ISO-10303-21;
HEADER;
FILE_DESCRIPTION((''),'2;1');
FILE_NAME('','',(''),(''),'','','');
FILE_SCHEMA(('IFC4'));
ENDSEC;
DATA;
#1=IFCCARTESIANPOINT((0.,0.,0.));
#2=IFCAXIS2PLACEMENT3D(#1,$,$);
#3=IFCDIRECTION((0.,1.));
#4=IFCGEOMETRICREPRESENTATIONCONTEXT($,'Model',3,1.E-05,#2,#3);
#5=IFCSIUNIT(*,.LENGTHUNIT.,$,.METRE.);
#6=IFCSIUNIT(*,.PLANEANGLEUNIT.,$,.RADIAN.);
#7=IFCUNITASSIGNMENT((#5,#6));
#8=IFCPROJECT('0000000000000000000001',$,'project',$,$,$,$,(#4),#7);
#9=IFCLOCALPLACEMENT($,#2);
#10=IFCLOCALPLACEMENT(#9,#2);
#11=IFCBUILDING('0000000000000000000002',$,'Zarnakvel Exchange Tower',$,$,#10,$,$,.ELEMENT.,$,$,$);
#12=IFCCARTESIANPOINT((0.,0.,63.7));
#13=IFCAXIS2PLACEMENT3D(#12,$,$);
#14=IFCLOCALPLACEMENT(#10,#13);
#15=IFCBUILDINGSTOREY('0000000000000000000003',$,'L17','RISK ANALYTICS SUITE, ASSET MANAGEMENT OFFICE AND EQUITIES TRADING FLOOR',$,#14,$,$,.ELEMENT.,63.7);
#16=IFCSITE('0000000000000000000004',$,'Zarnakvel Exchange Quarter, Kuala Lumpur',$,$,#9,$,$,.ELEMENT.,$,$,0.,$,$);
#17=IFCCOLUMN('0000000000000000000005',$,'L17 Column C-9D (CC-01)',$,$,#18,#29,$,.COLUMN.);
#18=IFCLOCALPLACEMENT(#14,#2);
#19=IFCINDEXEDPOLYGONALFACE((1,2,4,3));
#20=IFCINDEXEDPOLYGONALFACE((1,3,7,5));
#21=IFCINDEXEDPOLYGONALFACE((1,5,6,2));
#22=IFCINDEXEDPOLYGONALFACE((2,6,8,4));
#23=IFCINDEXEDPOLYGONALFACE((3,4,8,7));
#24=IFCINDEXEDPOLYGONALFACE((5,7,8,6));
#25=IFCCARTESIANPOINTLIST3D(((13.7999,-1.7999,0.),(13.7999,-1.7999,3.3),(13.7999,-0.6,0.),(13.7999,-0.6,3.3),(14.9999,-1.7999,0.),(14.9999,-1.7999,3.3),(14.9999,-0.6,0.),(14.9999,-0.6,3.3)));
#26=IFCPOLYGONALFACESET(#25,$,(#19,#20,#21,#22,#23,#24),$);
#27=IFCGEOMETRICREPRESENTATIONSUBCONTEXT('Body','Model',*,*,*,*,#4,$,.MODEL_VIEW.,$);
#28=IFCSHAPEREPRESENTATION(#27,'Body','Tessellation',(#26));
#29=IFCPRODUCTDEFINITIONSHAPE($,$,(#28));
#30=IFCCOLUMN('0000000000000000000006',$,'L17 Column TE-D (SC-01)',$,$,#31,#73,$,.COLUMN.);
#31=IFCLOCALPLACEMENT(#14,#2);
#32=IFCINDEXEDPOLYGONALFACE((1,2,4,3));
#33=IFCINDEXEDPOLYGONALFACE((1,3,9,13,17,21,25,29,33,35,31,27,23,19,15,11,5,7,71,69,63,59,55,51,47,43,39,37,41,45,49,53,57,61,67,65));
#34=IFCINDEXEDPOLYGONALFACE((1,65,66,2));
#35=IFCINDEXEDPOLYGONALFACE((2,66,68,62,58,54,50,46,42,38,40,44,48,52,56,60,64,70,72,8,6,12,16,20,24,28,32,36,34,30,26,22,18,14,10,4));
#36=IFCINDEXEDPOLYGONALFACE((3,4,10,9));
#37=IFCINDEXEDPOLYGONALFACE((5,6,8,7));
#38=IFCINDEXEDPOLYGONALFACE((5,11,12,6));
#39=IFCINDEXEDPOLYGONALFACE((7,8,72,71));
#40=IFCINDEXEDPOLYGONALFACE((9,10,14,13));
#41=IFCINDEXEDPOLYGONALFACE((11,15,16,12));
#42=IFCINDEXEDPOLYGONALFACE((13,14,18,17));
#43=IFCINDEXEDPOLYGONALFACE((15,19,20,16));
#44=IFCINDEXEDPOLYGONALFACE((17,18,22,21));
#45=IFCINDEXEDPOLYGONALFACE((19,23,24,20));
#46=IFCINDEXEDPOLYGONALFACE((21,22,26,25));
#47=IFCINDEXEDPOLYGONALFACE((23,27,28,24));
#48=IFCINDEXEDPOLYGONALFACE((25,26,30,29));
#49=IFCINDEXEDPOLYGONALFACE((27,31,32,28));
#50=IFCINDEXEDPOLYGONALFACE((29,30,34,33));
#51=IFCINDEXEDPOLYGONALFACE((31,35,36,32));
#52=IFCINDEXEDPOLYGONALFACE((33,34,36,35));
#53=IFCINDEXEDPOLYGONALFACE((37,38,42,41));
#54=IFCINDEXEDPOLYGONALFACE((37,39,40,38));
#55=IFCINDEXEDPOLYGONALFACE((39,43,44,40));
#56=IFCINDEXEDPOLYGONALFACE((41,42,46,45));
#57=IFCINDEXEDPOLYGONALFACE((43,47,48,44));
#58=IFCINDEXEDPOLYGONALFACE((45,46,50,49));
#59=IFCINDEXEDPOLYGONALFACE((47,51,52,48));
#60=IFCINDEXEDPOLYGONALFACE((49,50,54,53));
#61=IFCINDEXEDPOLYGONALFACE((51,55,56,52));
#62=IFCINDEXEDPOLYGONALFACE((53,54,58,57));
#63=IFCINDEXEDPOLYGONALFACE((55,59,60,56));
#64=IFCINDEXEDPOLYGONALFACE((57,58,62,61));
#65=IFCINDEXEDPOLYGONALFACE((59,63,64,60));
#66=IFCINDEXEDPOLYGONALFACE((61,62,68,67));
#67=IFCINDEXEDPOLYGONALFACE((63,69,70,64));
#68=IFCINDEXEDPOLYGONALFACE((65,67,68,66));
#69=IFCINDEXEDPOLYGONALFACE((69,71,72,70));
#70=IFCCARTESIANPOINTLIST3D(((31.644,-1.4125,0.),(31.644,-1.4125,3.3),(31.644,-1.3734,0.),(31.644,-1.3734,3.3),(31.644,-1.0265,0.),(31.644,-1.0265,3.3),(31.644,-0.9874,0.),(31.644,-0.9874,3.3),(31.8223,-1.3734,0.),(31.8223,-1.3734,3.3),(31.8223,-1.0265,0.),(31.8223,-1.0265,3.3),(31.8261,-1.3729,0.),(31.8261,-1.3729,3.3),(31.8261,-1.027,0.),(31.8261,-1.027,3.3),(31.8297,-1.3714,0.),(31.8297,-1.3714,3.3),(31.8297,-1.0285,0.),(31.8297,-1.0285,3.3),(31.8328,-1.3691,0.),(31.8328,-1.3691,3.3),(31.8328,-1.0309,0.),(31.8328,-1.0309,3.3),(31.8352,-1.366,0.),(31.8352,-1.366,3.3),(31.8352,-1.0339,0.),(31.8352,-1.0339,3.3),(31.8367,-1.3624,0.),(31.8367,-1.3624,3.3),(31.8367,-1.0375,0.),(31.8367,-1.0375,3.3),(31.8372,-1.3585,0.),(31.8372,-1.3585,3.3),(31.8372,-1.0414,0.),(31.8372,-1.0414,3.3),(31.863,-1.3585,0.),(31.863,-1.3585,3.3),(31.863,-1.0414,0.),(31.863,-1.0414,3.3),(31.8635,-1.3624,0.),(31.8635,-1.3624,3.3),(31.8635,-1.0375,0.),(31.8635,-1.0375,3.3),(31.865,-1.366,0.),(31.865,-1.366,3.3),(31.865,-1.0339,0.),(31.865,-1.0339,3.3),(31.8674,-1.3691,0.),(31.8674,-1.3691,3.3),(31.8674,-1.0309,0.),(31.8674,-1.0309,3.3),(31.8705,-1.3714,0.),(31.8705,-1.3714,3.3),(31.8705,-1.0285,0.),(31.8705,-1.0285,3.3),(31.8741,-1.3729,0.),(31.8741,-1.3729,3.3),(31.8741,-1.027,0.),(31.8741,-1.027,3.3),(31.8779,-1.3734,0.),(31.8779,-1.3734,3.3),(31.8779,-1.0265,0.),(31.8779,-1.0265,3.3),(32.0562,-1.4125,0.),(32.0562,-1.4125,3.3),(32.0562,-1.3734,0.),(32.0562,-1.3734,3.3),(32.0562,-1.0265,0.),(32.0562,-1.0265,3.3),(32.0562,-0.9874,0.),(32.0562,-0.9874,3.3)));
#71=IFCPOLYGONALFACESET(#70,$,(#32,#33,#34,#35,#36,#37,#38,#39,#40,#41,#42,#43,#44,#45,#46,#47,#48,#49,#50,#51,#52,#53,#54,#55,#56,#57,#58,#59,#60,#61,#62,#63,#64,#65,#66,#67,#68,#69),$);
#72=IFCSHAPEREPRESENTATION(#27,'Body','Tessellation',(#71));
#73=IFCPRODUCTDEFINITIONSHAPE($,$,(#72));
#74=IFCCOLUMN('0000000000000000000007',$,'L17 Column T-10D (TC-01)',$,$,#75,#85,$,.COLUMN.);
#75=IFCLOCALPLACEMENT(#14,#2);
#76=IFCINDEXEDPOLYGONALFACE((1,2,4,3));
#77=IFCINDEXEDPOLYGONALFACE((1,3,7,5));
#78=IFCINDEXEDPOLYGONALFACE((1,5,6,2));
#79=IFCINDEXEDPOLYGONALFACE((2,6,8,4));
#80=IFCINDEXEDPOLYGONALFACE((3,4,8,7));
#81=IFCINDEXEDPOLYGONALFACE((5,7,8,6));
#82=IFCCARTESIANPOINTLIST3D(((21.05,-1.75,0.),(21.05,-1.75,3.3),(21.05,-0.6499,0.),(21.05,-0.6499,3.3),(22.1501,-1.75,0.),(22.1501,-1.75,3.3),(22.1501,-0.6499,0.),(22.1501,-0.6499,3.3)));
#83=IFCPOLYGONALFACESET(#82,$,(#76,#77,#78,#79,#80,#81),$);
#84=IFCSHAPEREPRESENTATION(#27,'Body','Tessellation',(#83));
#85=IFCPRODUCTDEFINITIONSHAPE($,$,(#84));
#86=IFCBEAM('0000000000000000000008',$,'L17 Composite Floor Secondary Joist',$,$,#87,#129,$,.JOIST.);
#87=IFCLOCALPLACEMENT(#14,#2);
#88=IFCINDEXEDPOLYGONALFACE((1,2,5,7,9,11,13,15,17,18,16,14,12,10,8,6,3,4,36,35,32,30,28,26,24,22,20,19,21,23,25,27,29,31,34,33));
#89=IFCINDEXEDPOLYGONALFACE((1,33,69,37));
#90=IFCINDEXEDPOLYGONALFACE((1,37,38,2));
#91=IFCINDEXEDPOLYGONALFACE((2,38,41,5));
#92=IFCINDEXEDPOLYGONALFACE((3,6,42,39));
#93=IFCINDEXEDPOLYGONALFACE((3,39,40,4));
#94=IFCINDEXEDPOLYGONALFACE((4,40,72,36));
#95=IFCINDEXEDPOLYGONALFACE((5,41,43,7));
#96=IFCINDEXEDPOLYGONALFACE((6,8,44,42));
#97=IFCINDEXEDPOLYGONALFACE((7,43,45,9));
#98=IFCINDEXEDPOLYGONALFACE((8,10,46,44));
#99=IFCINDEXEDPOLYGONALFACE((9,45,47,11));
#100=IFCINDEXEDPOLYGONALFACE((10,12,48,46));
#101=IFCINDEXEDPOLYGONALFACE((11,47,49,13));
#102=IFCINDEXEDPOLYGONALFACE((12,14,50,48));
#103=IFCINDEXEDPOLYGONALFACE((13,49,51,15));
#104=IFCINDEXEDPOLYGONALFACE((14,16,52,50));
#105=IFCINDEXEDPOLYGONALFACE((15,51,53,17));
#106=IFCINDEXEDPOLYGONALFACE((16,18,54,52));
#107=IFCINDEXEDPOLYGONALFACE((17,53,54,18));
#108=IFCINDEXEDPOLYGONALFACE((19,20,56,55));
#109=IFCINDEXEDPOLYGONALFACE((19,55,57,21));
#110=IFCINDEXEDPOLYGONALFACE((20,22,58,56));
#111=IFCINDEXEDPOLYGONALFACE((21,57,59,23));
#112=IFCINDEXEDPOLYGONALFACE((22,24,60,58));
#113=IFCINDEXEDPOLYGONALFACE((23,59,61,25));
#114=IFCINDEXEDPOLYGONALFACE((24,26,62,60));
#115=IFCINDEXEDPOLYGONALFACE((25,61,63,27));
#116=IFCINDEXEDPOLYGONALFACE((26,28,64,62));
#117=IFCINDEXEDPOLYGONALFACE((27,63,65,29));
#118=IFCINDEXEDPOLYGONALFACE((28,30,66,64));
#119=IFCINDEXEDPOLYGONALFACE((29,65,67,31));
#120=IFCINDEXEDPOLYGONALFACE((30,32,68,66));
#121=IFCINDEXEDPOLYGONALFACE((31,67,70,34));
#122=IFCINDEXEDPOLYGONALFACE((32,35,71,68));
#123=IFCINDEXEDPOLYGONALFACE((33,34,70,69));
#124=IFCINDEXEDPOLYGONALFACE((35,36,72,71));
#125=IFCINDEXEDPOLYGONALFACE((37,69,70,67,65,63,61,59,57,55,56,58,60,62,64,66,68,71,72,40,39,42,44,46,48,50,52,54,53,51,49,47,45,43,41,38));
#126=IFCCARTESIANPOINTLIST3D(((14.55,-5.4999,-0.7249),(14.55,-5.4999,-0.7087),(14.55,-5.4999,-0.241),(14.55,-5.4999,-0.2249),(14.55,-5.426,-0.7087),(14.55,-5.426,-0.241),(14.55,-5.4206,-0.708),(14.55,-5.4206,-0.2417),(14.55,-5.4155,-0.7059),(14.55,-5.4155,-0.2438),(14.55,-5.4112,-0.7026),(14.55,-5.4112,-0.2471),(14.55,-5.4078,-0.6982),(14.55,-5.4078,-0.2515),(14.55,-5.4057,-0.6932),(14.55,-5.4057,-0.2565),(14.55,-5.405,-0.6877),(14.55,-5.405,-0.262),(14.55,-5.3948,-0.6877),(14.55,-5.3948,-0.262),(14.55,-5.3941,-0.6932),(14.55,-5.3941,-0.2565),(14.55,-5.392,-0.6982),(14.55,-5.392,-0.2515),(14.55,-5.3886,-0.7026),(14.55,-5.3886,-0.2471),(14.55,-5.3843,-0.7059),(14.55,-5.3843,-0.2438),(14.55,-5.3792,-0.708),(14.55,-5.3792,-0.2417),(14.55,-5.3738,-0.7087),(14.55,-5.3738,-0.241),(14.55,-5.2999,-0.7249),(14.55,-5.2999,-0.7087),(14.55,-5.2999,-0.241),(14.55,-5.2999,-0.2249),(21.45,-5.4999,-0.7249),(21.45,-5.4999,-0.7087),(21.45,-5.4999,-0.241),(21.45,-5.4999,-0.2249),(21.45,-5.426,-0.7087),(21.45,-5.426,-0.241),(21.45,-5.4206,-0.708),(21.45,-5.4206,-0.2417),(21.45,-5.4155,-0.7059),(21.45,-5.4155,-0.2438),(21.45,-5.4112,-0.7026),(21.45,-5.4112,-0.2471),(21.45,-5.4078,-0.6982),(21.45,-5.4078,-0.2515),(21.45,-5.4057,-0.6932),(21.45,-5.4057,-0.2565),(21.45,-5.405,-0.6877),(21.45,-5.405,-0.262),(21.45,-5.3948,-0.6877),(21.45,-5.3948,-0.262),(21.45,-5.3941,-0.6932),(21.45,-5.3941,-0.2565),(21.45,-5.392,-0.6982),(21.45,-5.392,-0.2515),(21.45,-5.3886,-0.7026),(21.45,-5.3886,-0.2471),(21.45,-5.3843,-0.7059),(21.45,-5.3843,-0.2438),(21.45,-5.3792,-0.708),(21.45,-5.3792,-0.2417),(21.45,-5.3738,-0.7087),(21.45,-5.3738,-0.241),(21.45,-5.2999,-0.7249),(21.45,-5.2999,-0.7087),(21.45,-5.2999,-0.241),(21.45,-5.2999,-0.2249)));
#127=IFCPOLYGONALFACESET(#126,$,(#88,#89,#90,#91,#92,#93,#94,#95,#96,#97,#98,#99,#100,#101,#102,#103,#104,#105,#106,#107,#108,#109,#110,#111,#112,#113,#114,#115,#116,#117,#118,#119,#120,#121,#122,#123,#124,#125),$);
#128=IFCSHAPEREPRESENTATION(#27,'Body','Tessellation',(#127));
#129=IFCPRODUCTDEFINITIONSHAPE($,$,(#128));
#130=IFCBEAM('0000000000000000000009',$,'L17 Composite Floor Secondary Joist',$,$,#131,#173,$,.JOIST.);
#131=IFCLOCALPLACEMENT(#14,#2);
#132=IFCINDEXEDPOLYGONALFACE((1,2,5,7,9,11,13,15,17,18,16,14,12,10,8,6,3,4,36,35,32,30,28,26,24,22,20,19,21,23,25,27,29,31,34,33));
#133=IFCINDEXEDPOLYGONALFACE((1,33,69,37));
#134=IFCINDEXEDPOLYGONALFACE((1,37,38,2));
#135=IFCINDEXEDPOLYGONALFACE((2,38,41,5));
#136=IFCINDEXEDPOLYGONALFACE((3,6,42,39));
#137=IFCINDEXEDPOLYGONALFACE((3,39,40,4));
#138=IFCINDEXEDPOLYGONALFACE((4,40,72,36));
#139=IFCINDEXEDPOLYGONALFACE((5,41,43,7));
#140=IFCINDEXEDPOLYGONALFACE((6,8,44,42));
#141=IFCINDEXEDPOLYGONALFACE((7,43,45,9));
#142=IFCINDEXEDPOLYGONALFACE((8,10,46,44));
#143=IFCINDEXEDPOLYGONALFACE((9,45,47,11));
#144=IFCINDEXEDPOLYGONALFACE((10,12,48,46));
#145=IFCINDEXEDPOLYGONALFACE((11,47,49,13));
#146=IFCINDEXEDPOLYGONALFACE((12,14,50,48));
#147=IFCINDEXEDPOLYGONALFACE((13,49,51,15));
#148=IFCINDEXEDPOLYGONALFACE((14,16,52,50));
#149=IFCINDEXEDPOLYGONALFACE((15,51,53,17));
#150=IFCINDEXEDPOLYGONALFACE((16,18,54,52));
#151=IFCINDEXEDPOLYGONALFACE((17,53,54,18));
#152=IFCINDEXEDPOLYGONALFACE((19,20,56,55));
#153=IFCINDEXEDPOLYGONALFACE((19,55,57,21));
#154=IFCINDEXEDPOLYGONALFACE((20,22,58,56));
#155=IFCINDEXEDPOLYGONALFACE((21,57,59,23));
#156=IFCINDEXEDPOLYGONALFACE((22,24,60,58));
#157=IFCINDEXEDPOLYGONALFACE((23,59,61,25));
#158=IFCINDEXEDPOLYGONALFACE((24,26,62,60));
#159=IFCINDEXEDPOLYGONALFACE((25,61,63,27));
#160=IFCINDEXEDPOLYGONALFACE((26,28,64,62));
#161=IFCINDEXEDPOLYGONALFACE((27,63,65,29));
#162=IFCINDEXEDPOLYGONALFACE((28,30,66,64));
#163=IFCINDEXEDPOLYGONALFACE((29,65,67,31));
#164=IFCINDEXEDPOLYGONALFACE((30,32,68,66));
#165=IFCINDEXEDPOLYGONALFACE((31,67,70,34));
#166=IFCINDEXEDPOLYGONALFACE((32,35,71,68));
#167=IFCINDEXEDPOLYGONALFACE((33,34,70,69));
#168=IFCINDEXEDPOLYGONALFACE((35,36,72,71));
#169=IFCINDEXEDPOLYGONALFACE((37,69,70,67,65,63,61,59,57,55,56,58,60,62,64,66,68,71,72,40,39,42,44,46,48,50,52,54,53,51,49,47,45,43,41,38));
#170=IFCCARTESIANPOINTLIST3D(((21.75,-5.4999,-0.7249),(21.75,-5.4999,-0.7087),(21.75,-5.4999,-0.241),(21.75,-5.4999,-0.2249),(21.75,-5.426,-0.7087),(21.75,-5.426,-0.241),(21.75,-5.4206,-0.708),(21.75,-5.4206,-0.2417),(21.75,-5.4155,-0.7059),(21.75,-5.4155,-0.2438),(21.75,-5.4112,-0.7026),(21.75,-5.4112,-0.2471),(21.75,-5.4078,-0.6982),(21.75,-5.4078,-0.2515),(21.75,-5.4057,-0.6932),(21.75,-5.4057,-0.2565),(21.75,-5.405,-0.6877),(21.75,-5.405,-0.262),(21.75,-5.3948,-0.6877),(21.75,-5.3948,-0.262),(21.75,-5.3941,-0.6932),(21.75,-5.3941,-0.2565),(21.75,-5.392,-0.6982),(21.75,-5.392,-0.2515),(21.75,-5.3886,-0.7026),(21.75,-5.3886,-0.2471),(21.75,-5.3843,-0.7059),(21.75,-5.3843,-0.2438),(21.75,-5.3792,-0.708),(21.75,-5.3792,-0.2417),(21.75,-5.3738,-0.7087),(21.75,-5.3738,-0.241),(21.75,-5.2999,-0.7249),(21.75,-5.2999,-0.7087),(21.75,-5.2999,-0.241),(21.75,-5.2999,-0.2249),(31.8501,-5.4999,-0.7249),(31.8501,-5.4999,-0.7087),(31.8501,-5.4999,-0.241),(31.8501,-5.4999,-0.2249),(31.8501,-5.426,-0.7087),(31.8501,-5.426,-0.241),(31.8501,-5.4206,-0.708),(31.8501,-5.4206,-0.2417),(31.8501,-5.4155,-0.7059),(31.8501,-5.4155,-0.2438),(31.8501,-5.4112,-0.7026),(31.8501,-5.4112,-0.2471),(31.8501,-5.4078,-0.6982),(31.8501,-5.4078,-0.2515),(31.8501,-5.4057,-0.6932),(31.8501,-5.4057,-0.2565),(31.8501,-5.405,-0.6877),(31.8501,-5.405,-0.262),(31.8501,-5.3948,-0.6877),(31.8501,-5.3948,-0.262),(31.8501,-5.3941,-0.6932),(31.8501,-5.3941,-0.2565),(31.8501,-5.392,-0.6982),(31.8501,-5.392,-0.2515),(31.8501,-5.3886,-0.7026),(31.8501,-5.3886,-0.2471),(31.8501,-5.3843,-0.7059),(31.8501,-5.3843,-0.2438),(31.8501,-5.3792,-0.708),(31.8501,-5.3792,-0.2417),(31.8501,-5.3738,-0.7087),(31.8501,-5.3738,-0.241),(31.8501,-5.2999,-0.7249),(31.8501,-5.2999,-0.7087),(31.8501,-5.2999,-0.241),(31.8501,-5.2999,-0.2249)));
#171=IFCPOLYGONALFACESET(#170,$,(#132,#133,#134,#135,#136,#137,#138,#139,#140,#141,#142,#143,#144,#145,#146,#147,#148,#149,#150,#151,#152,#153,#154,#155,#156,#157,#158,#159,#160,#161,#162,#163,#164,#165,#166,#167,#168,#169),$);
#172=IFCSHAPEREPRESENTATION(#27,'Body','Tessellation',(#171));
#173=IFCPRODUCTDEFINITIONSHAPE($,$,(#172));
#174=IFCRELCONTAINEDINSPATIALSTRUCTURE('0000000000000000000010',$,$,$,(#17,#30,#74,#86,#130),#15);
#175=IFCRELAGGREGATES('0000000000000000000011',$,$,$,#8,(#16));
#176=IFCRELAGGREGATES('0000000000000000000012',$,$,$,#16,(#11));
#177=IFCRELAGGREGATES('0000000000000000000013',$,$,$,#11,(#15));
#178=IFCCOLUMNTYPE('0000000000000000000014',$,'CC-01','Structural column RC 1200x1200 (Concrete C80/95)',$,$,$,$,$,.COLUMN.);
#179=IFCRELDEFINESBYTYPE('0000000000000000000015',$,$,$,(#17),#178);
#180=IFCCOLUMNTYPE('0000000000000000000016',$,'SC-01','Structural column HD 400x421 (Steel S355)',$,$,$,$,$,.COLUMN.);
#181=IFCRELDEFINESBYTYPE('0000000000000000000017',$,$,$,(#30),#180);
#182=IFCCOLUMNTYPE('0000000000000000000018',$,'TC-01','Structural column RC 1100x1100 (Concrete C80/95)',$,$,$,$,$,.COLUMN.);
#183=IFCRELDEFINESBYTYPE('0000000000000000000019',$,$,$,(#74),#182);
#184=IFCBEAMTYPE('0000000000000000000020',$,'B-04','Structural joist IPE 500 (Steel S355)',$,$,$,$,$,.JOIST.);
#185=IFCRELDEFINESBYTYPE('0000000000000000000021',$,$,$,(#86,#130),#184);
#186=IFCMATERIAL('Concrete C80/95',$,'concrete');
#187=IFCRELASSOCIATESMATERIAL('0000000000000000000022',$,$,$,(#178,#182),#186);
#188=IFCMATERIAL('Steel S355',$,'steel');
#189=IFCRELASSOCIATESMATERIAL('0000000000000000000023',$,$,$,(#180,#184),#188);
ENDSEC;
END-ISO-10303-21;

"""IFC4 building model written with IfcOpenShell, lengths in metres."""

from ifc_helpers import new_model, si_unit, direction, frame, origin, origin_2d, place, context, subcontext, project, spatial, rectangle, i_section, extrude, material, material_profile, profile_set, type_object, element, save


model = new_model("IFC4")

# Units and contexts
model_context = context("Model", 3, precision=1e-05, world=origin(), true_north=direction((0.0, 1.0)))
body_context = subcontext(model_context, "Body", "Model", "MODEL_VIEW")
ifc_project = project(units=[si_unit("LENGTHUNIT", "METRE"), si_unit("PLANEANGLEUNIT", "RADIAN")], contexts=[model_context])

# Site, building, storey
site_placement = place(None, origin())
site = spatial("IfcSite", under=ifc_project, at=site_placement, Name="Zarnakvel Exchange Quarter, Kuala Lumpur", CompositionType="ELEMENT", RefElevation=0.0)
building_placement = place(site_placement, origin())
building = spatial("IfcBuilding", under=site, at=building_placement, Name="Zarnakvel Exchange Tower", CompositionType="ELEMENT")
storey_placement = place(building_placement, frame((0.0, 0.0, 63.7)))
storey = spatial("IfcBuildingStorey", under=building, at=storey_placement, Name="L17", Description="RISK ANALYTICS SUITE, ASSET MANAGEMENT OFFICE AND EQUITIES TRADING FLOOR", CompositionType="ELEMENT", Elevation=63.7)

# Columns
ifc_material_1 = material(Name="Concrete C80/95", Category="concrete")
ifc_material_profile_1 = material_profile(ifc_material_1, rectangle(XDim=1.2, YDim=1.2, at=origin_2d()))
ifc_profile_set_1 = profile_set([ifc_material_profile_1], Name="Concrete C80/95")
column_type_1 = type_object("IfcColumnType", Name="CC-01", Description="Structural column RC 1200x1200 (Concrete C80/95)", PredefinedType="COLUMN", material=ifc_profile_set_1)
column_1_placement = place(storey_placement, frame((14.3999, -1.2, 0.0), z_axis=(0.0, 0.0, 1.0), x_axis=(1.0, 0.0, 0.0)))
element("IfcColumn", 1, at=column_1_placement, inside=storey, type_object=column_type_1, Name="L17 Column C-9D (CC-01)", PredefinedType="COLUMN", context=body_context, shape_type="SweptSolid", body=[
    extrude(rectangle(XDim=1.2, YDim=1.2, at=origin_2d()), origin(), (0.0, 0.0, 1.0), 3.3),
])
ifc_material_2 = material(Name="Steel S355", Category="steel")
ifc_material_profile_2 = material_profile(ifc_material_2, i_section(OverallWidth=0.4121, OverallDepth=0.425, WebThickness=0.0259, FlangeThickness=0.0391, FilletRadius=0.0149, at=origin_2d()))
ifc_profile_set_2 = profile_set([ifc_material_profile_2], Name="Steel S355")
column_type_2 = type_object("IfcColumnType", Name="SC-01", Description="Structural column HD 400x421 (Steel S355)", PredefinedType="COLUMN", material=ifc_profile_set_2)
column_2_placement = place(storey_placement, frame((31.8501, -1.2, 0.0), z_axis=(0.0, 0.0, 1.0), x_axis=(1.0, 0.0, 0.0)))
element("IfcColumn", 2, at=column_2_placement, inside=storey, type_object=column_type_2, Name="L17 Column TE-D (SC-01)", PredefinedType="COLUMN", context=body_context, shape_type="SweptSolid", body=[
    extrude(i_section(OverallWidth=0.4121, OverallDepth=0.425, WebThickness=0.0259, FlangeThickness=0.0391, FilletRadius=0.0149, at=origin_2d()), origin(), (0.0, 0.0, 1.0), 3.3),
])
ifc_material_profile_3 = material_profile(ifc_material_1, rectangle(XDim=1.1001, YDim=1.1001, at=origin_2d()))
ifc_profile_set_3 = profile_set([ifc_material_profile_3], Name="Concrete C80/95")
column_type_3 = type_object("IfcColumnType", Name="TC-01", Description="Structural column RC 1100x1100 (Concrete C80/95)", PredefinedType="COLUMN", material=ifc_profile_set_3)
column_3_placement = place(storey_placement, frame((21.6001, -1.2, 0.0), z_axis=(0.0, 0.0, 1.0), x_axis=(1.0, 0.0, 0.0)))
element("IfcColumn", 3, at=column_3_placement, inside=storey, type_object=column_type_3, Name="L17 Column T-10D (TC-01)", PredefinedType="COLUMN", context=body_context, shape_type="SweptSolid", body=[
    extrude(rectangle(XDim=1.1001, YDim=1.1001, at=origin_2d()), origin(), (0.0, 0.0, 1.0), 3.3),
])

# Beams
ifc_material_profile_4 = material_profile(ifc_material_2, i_section(OverallWidth=0.2, OverallDepth=0.5, WebThickness=0.0103, FlangeThickness=0.0161, FilletRadius=0.021, at=origin_2d()))
ifc_profile_set_4 = profile_set([ifc_material_profile_4], Name="Steel S355")
beam_type_1 = type_object("IfcBeamType", Name="B-04", Description="Structural joist IPE 500 (Steel S355)", PredefinedType="JOIST", material=ifc_profile_set_4)
beam_1_placement = place(storey_placement, frame((14.55, -5.3999, -0.4749), z_axis=(1.0, 0.0, 0.0), x_axis=(0.0, 1.0, 0.0)))
element("IfcBeam", 4, at=beam_1_placement, inside=storey, type_object=beam_type_1, Name="L17 Composite Floor Secondary Joist", PredefinedType="JOIST", context=body_context, shape_type="SweptSolid", body=[
    extrude(i_section(OverallWidth=0.2, OverallDepth=0.5, WebThickness=0.0103, FlangeThickness=0.0161, FilletRadius=0.021, at=origin_2d()), origin(), (0.0, 0.0, 1.0), 6.8999),
])
beam_2_placement = place(storey_placement, frame((21.75, -5.3999, -0.4749), z_axis=(1.0, 0.0, 0.0), x_axis=(0.0, 1.0, 0.0)))
element("IfcBeam", 5, at=beam_2_placement, inside=storey, type_object=beam_type_1, Name="L17 Composite Floor Secondary Joist", PredefinedType="JOIST", context=body_context, shape_type="SweptSolid", body=[
    extrude(i_section(OverallWidth=0.2, OverallDepth=0.5, WebThickness=0.0103, FlangeThickness=0.0161, FilletRadius=0.021, at=origin_2d()), origin(), (0.0, 0.0, 1.0), 10.1001),
])

save(model, "model.ifc")
